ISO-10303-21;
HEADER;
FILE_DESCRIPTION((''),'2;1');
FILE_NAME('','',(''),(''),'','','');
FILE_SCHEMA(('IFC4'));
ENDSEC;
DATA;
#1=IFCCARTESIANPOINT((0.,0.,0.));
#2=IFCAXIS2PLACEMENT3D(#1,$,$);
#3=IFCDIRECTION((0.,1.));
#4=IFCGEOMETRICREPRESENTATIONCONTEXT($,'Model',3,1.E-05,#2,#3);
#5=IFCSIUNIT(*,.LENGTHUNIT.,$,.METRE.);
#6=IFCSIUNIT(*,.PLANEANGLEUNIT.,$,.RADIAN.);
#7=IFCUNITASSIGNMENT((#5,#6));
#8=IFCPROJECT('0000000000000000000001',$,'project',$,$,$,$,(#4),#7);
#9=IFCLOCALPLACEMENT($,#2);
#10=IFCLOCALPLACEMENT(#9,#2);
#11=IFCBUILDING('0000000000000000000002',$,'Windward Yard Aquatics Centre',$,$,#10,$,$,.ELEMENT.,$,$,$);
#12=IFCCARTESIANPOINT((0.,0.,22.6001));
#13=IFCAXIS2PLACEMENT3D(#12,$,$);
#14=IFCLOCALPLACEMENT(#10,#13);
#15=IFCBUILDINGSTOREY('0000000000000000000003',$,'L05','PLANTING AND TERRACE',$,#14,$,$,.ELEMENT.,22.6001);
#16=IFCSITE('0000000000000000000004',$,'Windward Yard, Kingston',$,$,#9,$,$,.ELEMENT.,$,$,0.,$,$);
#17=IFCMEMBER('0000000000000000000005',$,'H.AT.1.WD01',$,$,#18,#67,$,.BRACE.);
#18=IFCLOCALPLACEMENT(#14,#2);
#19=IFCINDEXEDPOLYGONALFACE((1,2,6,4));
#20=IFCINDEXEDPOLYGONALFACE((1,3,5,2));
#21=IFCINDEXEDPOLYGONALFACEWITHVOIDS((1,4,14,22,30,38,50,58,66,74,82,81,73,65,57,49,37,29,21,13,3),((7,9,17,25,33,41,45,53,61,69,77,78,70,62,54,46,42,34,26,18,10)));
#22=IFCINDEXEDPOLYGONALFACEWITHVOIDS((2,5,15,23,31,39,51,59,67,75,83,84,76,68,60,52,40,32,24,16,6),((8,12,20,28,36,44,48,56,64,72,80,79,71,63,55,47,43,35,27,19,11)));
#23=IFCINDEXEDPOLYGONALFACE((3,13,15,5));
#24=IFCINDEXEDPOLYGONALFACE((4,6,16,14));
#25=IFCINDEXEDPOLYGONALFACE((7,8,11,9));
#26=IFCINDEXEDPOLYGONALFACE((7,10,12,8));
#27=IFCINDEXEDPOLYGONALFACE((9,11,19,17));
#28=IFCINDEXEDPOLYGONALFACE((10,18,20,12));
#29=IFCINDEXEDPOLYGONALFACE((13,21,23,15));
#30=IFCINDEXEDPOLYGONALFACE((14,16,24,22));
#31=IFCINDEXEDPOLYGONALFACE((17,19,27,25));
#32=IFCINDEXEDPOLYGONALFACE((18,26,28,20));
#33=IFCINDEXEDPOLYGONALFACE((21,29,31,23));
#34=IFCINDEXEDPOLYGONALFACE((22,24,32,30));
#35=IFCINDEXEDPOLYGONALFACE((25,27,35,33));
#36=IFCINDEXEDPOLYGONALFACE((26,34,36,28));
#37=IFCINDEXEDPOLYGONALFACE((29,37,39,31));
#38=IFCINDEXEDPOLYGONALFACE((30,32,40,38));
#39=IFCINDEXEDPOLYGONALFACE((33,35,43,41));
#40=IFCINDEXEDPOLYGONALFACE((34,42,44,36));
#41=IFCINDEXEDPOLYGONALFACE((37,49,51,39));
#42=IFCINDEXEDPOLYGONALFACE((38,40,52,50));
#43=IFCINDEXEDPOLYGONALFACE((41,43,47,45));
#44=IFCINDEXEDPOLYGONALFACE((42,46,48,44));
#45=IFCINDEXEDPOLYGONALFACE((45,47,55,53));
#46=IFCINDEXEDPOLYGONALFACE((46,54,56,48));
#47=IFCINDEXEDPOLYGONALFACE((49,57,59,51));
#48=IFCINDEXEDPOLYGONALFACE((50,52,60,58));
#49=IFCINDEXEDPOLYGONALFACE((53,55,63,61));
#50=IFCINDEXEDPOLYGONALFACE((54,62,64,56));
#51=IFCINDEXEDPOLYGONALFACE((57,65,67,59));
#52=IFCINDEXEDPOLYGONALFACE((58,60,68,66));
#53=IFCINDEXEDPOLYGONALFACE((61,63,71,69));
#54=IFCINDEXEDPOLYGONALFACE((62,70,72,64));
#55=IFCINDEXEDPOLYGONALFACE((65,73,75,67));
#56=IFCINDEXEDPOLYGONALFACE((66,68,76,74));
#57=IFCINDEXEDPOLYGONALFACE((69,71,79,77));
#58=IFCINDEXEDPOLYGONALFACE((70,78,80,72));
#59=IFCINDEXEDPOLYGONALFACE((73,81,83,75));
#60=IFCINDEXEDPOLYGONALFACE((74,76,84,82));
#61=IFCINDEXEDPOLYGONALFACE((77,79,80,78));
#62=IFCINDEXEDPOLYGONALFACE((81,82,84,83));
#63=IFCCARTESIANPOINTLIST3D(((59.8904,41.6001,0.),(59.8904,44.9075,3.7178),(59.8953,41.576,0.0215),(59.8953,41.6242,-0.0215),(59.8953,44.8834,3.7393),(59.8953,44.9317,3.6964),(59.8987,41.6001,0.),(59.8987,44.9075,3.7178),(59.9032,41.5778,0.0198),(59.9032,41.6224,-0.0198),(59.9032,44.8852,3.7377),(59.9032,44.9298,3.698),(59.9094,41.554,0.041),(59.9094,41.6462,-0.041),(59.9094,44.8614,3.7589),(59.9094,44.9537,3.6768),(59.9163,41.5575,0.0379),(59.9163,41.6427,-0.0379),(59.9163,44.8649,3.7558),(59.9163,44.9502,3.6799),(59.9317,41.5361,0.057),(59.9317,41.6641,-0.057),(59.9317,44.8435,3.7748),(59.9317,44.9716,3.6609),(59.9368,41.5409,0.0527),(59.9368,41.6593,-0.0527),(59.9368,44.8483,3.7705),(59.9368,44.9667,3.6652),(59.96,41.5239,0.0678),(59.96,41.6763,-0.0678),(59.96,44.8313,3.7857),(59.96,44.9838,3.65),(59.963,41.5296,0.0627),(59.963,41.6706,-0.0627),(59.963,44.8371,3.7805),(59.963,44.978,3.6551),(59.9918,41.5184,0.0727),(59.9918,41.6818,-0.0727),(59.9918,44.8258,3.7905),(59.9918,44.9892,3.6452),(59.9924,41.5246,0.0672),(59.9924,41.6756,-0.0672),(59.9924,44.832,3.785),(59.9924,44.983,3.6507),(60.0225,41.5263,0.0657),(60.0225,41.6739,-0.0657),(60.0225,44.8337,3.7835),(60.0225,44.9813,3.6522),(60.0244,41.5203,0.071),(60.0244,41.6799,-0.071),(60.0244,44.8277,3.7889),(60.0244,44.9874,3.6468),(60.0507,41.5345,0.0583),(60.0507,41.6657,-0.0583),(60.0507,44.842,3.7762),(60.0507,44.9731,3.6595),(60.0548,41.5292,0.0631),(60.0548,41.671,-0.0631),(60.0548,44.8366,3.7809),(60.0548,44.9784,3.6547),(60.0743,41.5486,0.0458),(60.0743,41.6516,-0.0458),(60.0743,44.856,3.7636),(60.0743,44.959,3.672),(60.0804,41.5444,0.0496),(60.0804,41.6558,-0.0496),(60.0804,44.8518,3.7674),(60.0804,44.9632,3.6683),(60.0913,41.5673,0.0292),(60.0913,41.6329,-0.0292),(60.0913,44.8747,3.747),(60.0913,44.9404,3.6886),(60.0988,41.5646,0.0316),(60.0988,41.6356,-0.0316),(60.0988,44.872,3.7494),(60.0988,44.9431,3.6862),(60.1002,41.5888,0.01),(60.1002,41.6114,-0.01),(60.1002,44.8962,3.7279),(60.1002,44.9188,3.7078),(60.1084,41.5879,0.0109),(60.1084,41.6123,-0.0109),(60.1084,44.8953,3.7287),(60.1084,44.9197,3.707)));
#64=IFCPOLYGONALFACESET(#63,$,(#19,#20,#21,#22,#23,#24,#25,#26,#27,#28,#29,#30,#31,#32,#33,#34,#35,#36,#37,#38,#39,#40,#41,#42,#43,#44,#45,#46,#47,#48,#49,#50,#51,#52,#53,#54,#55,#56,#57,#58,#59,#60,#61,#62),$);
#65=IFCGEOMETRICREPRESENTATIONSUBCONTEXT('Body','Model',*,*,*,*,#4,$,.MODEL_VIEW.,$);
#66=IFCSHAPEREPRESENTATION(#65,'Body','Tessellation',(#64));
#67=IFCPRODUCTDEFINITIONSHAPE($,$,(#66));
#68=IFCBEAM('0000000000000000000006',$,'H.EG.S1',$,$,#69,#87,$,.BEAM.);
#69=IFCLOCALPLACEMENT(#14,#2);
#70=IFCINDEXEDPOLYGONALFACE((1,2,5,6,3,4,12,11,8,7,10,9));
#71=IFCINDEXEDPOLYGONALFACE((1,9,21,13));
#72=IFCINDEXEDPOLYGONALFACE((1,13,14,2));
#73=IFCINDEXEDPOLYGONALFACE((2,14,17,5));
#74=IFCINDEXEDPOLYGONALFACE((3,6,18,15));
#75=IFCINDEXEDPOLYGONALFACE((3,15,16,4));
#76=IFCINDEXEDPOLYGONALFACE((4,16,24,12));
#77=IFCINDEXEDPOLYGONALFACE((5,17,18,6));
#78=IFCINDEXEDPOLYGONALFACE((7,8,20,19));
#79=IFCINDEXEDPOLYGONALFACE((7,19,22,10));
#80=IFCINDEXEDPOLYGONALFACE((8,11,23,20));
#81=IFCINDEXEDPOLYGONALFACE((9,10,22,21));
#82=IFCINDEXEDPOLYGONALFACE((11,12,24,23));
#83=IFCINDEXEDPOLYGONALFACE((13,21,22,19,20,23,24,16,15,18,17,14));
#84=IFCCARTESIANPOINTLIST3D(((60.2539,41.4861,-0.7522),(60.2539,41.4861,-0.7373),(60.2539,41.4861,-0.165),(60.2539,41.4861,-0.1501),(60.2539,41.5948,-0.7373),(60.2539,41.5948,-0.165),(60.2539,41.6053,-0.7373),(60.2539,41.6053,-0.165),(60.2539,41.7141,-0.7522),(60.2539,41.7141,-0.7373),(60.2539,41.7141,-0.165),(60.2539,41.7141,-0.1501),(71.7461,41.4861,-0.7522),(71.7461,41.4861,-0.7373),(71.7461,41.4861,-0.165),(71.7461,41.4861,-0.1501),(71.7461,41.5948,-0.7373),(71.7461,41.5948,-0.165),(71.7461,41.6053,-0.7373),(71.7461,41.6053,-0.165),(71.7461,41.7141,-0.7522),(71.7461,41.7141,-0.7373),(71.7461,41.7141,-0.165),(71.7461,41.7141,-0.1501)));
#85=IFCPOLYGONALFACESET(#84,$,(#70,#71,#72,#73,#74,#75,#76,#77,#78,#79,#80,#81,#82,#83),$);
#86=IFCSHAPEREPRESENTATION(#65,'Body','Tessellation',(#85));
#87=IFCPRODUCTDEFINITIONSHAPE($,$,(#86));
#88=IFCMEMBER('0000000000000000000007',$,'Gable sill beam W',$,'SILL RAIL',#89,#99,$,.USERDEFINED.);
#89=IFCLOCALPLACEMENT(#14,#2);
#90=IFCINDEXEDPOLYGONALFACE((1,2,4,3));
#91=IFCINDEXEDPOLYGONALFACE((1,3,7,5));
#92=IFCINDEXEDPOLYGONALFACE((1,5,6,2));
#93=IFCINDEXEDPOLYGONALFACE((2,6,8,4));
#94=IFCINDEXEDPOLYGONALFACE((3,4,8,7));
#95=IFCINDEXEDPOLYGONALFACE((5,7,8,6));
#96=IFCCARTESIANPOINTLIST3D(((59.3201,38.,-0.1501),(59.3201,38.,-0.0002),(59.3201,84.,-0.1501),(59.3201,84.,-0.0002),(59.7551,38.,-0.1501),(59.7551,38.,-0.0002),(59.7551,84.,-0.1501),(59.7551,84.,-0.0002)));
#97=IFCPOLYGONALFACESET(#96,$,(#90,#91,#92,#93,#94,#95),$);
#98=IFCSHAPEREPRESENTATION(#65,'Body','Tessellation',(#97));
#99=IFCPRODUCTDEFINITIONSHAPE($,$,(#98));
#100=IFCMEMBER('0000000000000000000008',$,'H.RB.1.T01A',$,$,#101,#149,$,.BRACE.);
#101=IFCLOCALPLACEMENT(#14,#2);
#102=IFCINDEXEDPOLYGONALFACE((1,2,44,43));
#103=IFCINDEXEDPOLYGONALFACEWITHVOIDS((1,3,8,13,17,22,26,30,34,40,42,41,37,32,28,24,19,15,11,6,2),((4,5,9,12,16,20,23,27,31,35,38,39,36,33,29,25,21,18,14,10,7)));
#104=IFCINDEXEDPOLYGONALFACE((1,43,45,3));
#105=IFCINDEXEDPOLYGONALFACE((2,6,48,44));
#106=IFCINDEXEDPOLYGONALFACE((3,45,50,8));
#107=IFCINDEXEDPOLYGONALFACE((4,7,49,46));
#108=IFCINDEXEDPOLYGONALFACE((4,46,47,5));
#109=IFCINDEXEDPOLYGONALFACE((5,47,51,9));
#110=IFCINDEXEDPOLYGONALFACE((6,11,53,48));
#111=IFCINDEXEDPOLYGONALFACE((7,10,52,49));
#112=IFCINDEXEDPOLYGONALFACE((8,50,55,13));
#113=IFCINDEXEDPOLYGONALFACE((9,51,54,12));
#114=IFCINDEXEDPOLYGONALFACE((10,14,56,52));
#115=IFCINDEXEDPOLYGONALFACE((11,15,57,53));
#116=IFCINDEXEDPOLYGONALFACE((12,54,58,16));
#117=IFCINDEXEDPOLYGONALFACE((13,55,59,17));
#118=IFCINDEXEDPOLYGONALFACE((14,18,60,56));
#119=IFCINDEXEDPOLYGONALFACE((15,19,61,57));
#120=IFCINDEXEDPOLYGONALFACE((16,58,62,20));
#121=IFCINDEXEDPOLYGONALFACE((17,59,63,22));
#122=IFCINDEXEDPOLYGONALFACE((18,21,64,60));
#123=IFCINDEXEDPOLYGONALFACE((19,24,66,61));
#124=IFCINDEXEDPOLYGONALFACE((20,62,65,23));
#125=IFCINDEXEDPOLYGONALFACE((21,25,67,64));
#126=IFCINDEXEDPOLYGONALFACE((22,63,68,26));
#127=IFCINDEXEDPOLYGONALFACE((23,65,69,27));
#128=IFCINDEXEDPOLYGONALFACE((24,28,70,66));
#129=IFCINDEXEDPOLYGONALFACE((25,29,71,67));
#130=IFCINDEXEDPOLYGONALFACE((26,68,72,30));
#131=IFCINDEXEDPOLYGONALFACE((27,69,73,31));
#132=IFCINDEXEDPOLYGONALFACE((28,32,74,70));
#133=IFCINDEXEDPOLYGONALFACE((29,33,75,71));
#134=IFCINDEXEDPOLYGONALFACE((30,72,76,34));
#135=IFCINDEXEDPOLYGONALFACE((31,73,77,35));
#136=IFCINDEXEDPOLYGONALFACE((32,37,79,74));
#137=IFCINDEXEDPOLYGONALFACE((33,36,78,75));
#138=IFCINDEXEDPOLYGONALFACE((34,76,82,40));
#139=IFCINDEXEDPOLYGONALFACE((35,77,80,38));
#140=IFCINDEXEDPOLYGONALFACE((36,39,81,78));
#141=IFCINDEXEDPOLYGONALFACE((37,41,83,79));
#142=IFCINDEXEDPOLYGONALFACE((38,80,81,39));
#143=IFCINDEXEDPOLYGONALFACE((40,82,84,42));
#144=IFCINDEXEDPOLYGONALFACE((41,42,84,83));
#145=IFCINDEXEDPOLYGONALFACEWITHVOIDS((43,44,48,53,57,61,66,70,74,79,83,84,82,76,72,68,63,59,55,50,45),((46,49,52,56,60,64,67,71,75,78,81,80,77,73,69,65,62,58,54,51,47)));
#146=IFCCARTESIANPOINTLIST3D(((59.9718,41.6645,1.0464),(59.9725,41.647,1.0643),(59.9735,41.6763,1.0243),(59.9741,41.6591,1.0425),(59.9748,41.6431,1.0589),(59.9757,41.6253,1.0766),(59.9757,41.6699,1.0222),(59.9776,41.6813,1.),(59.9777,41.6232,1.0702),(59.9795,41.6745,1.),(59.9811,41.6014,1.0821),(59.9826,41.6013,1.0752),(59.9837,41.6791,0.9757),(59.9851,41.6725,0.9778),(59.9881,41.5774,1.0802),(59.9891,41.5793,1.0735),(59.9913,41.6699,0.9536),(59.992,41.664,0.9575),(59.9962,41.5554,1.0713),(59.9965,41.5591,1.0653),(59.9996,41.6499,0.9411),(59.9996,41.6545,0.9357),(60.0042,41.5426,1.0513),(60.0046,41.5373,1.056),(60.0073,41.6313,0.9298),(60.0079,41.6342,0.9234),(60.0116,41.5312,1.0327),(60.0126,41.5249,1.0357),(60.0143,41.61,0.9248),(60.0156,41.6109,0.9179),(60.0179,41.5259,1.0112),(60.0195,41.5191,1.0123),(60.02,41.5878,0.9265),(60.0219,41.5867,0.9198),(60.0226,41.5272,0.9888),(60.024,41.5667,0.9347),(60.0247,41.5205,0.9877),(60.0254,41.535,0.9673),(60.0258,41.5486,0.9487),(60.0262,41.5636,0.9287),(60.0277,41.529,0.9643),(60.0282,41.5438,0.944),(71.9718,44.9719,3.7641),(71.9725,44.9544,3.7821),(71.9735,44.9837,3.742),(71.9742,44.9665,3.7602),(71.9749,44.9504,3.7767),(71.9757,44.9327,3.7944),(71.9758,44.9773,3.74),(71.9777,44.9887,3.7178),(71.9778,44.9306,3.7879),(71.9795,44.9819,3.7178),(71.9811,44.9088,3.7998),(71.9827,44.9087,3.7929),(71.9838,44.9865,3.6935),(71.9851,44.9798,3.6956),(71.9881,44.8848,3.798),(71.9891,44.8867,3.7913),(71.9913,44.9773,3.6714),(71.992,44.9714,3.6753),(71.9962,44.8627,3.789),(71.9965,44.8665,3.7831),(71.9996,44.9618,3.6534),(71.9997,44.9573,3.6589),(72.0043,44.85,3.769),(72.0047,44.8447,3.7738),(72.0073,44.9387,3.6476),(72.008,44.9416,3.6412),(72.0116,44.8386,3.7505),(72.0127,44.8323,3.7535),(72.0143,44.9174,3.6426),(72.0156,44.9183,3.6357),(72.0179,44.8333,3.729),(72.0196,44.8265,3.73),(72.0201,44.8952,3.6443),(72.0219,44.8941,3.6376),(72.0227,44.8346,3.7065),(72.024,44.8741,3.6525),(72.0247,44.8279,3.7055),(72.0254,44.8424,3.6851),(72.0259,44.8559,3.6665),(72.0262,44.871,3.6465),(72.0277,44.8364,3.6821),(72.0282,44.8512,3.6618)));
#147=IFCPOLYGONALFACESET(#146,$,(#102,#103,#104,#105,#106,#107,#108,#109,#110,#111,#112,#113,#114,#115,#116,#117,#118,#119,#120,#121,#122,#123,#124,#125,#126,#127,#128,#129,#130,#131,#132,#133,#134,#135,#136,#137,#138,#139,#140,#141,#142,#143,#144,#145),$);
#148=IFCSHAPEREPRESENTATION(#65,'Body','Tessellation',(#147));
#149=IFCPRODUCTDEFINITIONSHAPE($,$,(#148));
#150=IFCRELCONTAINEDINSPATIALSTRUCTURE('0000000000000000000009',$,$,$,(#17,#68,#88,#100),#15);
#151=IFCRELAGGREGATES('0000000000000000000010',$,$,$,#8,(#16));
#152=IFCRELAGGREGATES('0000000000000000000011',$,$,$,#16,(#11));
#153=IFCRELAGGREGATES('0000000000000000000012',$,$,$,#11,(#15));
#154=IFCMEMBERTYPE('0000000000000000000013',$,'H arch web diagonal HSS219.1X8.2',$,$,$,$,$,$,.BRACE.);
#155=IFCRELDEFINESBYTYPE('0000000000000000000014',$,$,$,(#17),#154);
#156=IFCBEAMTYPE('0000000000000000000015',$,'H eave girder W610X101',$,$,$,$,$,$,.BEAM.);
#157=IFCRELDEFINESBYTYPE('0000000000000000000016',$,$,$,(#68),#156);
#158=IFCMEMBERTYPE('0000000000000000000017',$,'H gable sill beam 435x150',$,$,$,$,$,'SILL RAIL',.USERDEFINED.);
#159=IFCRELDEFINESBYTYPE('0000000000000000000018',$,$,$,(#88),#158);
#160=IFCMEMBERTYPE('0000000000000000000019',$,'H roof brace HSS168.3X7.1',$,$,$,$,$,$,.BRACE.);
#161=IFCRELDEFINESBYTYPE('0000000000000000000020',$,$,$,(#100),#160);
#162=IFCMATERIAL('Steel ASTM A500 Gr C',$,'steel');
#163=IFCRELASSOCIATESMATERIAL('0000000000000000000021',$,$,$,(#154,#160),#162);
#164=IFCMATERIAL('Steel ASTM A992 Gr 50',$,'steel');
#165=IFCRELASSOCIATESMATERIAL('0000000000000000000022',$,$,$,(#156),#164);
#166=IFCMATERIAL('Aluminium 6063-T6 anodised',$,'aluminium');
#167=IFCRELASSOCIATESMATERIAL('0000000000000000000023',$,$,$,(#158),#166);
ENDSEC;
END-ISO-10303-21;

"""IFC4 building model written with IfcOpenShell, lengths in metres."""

from ifc_helpers import new_model, si_unit, direction, frame, origin, origin_2d, place, context, subcontext, project, spatial, rectangle, hollow_circle, i_section, extrude, material, material_profile, profile_set, type_object, element, save


model = new_model("IFC4")

# Units and contexts
model_context = context("Model", 3, precision=1e-05, world=origin(), true_north=direction((0.0, 1.0)))
body_context = subcontext(model_context, "Body", "Model", "MODEL_VIEW")
ifc_project = project(units=[si_unit("LENGTHUNIT", "METRE"), si_unit("PLANEANGLEUNIT", "RADIAN")], contexts=[model_context])

# Site, building, storey
site_placement = place(None, origin())
site = spatial("IfcSite", under=ifc_project, at=site_placement, Name="Windward Yard, Kingston", CompositionType="ELEMENT", RefElevation=0.0)
building_placement = place(site_placement, origin())
building = spatial("IfcBuilding", under=site, at=building_placement, Name="Windward Yard Aquatics Centre", CompositionType="ELEMENT")
storey_placement = place(building_placement, frame((0.0, 0.0, 22.6001)))
storey = spatial("IfcBuildingStorey", under=building, at=storey_placement, Name="L05", Description="PLANTING AND TERRACE", CompositionType="ELEMENT", Elevation=22.6001)

# Member
ifc_material_1 = material(Name="Steel ASTM A500 Gr C", Category="steel")
ifc_material_profile_1 = material_profile(ifc_material_1, hollow_circle(Radius=0.1096, WallThickness=0.0083, at=origin_2d()), Name="HSS219.1X8.2")
ifc_profile_set_1 = profile_set([ifc_material_profile_1], Name="Steel ASTM A500 Gr C")
member_type_1 = type_object("IfcMemberType", Name="H arch web diagonal HSS219.1X8.2", PredefinedType="BRACE", material=ifc_profile_set_1)
member_1_placement = place(storey_placement, frame((60.0, 41.6001, 0.0), z_axis=(0.0, 0.664665, 0.747141), x_axis=(-1.0, 0.0, 0.0)))
element("IfcMember", 1, at=member_1_placement, inside=storey, type_object=member_type_1, Name="H.AT.1.WD01", PredefinedType="BRACE", context=body_context, shape_type="SweptSolid", body=[
    extrude(hollow_circle(Radius=0.1096, WallThickness=0.0083, at=origin_2d()), origin(), (0.0, 0.0, 1.0), 4.9761),
])

# Beam
ifc_material_2 = material(Name="Steel ASTM A992 Gr 50", Category="steel")
ifc_material_profile_2 = material_profile(ifc_material_2, i_section(OverallWidth=0.228, OverallDepth=0.6021, WebThickness=0.0105, FlangeThickness=0.0149, at=origin_2d()), Name="W610X101")
ifc_profile_set_2 = profile_set([ifc_material_profile_2], Name="Steel ASTM A992 Gr 50")
beam_type_1 = type_object("IfcBeamType", Name="H eave girder W610X101", PredefinedType="BEAM", material=ifc_profile_set_2)
beam_1_placement = place(storey_placement, frame((60.2539, 41.6001, -0.4512), z_axis=(1.0, 0.0, 0.0), x_axis=(0.0, 1.0, 0.0)))
element("IfcBeam", 2, at=beam_1_placement, inside=storey, type_object=beam_type_1, Name="H.EG.S1", PredefinedType="BEAM", context=body_context, shape_type="SweptSolid", body=[
    extrude(i_section(OverallWidth=0.228, OverallDepth=0.6021, WebThickness=0.0105, FlangeThickness=0.0149, at=origin_2d()), origin(), (0.0, 0.0, 1.0), 11.4922),
])

# Members
ifc_material_3 = material(Name="Aluminium 6063-T6 anodised", Category="aluminium")
ifc_material_profile_3 = material_profile(ifc_material_3, rectangle(XDim=0.4351, YDim=0.1499, at=origin_2d()), Name="H gable sill beam 435x150")
ifc_profile_set_3 = profile_set([ifc_material_profile_3], Name="Aluminium 6063-T6 anodised")
member_type_2 = type_object("IfcMemberType", Name="H gable sill beam 435x150", ElementType="SILL RAIL", PredefinedType="USERDEFINED", material=ifc_profile_set_3)
member_2_placement = place(storey_placement, frame((59.5376, 38.0, -0.0752), z_axis=(0.0, 1.0, 0.0), x_axis=(-1.0, 0.0, 0.0)))
element("IfcMember", 3, at=member_2_placement, inside=storey, type_object=member_type_2, Name="Gable sill beam W", ObjectType="SILL RAIL", PredefinedType="USERDEFINED", context=body_context, shape_type="SweptSolid", body=[
    extrude(rectangle(XDim=0.4351, YDim=0.1499, at=origin_2d()), origin(), (0.0, 0.0, 1.0), 46.0),
])
ifc_material_profile_4 = material_profile(ifc_material_1, hollow_circle(Radius=0.0842, WallThickness=0.0071, at=origin_2d()), Name="HSS168.3X7.1")
ifc_profile_set_4 = profile_set([ifc_material_profile_4], Name="Steel ASTM A500 Gr C")
member_type_3 = type_object("IfcMemberType", Name="H roof brace HSS168.3X7.1", PredefinedType="BRACE", material=ifc_profile_set_4)
member_3_placement = place(storey_placement, frame((60.0, 41.6001, 1.0), z_axis=(0.941865, 0.259591, 0.213315), x_axis=(-0.265707, 0.964054, 0.0)))
element("IfcMember", 4, at=member_3_placement, inside=storey, type_object=member_type_3, Name="H.RB.1.T01A", PredefinedType="BRACE", context=body_context, shape_type="SweptSolid", body=[
    extrude(hollow_circle(Radius=0.0842, WallThickness=0.0071, at=origin_2d()), origin(), (0.0, 0.0, 1.0), 12.7407),
])

save(model, "model.ifc")
